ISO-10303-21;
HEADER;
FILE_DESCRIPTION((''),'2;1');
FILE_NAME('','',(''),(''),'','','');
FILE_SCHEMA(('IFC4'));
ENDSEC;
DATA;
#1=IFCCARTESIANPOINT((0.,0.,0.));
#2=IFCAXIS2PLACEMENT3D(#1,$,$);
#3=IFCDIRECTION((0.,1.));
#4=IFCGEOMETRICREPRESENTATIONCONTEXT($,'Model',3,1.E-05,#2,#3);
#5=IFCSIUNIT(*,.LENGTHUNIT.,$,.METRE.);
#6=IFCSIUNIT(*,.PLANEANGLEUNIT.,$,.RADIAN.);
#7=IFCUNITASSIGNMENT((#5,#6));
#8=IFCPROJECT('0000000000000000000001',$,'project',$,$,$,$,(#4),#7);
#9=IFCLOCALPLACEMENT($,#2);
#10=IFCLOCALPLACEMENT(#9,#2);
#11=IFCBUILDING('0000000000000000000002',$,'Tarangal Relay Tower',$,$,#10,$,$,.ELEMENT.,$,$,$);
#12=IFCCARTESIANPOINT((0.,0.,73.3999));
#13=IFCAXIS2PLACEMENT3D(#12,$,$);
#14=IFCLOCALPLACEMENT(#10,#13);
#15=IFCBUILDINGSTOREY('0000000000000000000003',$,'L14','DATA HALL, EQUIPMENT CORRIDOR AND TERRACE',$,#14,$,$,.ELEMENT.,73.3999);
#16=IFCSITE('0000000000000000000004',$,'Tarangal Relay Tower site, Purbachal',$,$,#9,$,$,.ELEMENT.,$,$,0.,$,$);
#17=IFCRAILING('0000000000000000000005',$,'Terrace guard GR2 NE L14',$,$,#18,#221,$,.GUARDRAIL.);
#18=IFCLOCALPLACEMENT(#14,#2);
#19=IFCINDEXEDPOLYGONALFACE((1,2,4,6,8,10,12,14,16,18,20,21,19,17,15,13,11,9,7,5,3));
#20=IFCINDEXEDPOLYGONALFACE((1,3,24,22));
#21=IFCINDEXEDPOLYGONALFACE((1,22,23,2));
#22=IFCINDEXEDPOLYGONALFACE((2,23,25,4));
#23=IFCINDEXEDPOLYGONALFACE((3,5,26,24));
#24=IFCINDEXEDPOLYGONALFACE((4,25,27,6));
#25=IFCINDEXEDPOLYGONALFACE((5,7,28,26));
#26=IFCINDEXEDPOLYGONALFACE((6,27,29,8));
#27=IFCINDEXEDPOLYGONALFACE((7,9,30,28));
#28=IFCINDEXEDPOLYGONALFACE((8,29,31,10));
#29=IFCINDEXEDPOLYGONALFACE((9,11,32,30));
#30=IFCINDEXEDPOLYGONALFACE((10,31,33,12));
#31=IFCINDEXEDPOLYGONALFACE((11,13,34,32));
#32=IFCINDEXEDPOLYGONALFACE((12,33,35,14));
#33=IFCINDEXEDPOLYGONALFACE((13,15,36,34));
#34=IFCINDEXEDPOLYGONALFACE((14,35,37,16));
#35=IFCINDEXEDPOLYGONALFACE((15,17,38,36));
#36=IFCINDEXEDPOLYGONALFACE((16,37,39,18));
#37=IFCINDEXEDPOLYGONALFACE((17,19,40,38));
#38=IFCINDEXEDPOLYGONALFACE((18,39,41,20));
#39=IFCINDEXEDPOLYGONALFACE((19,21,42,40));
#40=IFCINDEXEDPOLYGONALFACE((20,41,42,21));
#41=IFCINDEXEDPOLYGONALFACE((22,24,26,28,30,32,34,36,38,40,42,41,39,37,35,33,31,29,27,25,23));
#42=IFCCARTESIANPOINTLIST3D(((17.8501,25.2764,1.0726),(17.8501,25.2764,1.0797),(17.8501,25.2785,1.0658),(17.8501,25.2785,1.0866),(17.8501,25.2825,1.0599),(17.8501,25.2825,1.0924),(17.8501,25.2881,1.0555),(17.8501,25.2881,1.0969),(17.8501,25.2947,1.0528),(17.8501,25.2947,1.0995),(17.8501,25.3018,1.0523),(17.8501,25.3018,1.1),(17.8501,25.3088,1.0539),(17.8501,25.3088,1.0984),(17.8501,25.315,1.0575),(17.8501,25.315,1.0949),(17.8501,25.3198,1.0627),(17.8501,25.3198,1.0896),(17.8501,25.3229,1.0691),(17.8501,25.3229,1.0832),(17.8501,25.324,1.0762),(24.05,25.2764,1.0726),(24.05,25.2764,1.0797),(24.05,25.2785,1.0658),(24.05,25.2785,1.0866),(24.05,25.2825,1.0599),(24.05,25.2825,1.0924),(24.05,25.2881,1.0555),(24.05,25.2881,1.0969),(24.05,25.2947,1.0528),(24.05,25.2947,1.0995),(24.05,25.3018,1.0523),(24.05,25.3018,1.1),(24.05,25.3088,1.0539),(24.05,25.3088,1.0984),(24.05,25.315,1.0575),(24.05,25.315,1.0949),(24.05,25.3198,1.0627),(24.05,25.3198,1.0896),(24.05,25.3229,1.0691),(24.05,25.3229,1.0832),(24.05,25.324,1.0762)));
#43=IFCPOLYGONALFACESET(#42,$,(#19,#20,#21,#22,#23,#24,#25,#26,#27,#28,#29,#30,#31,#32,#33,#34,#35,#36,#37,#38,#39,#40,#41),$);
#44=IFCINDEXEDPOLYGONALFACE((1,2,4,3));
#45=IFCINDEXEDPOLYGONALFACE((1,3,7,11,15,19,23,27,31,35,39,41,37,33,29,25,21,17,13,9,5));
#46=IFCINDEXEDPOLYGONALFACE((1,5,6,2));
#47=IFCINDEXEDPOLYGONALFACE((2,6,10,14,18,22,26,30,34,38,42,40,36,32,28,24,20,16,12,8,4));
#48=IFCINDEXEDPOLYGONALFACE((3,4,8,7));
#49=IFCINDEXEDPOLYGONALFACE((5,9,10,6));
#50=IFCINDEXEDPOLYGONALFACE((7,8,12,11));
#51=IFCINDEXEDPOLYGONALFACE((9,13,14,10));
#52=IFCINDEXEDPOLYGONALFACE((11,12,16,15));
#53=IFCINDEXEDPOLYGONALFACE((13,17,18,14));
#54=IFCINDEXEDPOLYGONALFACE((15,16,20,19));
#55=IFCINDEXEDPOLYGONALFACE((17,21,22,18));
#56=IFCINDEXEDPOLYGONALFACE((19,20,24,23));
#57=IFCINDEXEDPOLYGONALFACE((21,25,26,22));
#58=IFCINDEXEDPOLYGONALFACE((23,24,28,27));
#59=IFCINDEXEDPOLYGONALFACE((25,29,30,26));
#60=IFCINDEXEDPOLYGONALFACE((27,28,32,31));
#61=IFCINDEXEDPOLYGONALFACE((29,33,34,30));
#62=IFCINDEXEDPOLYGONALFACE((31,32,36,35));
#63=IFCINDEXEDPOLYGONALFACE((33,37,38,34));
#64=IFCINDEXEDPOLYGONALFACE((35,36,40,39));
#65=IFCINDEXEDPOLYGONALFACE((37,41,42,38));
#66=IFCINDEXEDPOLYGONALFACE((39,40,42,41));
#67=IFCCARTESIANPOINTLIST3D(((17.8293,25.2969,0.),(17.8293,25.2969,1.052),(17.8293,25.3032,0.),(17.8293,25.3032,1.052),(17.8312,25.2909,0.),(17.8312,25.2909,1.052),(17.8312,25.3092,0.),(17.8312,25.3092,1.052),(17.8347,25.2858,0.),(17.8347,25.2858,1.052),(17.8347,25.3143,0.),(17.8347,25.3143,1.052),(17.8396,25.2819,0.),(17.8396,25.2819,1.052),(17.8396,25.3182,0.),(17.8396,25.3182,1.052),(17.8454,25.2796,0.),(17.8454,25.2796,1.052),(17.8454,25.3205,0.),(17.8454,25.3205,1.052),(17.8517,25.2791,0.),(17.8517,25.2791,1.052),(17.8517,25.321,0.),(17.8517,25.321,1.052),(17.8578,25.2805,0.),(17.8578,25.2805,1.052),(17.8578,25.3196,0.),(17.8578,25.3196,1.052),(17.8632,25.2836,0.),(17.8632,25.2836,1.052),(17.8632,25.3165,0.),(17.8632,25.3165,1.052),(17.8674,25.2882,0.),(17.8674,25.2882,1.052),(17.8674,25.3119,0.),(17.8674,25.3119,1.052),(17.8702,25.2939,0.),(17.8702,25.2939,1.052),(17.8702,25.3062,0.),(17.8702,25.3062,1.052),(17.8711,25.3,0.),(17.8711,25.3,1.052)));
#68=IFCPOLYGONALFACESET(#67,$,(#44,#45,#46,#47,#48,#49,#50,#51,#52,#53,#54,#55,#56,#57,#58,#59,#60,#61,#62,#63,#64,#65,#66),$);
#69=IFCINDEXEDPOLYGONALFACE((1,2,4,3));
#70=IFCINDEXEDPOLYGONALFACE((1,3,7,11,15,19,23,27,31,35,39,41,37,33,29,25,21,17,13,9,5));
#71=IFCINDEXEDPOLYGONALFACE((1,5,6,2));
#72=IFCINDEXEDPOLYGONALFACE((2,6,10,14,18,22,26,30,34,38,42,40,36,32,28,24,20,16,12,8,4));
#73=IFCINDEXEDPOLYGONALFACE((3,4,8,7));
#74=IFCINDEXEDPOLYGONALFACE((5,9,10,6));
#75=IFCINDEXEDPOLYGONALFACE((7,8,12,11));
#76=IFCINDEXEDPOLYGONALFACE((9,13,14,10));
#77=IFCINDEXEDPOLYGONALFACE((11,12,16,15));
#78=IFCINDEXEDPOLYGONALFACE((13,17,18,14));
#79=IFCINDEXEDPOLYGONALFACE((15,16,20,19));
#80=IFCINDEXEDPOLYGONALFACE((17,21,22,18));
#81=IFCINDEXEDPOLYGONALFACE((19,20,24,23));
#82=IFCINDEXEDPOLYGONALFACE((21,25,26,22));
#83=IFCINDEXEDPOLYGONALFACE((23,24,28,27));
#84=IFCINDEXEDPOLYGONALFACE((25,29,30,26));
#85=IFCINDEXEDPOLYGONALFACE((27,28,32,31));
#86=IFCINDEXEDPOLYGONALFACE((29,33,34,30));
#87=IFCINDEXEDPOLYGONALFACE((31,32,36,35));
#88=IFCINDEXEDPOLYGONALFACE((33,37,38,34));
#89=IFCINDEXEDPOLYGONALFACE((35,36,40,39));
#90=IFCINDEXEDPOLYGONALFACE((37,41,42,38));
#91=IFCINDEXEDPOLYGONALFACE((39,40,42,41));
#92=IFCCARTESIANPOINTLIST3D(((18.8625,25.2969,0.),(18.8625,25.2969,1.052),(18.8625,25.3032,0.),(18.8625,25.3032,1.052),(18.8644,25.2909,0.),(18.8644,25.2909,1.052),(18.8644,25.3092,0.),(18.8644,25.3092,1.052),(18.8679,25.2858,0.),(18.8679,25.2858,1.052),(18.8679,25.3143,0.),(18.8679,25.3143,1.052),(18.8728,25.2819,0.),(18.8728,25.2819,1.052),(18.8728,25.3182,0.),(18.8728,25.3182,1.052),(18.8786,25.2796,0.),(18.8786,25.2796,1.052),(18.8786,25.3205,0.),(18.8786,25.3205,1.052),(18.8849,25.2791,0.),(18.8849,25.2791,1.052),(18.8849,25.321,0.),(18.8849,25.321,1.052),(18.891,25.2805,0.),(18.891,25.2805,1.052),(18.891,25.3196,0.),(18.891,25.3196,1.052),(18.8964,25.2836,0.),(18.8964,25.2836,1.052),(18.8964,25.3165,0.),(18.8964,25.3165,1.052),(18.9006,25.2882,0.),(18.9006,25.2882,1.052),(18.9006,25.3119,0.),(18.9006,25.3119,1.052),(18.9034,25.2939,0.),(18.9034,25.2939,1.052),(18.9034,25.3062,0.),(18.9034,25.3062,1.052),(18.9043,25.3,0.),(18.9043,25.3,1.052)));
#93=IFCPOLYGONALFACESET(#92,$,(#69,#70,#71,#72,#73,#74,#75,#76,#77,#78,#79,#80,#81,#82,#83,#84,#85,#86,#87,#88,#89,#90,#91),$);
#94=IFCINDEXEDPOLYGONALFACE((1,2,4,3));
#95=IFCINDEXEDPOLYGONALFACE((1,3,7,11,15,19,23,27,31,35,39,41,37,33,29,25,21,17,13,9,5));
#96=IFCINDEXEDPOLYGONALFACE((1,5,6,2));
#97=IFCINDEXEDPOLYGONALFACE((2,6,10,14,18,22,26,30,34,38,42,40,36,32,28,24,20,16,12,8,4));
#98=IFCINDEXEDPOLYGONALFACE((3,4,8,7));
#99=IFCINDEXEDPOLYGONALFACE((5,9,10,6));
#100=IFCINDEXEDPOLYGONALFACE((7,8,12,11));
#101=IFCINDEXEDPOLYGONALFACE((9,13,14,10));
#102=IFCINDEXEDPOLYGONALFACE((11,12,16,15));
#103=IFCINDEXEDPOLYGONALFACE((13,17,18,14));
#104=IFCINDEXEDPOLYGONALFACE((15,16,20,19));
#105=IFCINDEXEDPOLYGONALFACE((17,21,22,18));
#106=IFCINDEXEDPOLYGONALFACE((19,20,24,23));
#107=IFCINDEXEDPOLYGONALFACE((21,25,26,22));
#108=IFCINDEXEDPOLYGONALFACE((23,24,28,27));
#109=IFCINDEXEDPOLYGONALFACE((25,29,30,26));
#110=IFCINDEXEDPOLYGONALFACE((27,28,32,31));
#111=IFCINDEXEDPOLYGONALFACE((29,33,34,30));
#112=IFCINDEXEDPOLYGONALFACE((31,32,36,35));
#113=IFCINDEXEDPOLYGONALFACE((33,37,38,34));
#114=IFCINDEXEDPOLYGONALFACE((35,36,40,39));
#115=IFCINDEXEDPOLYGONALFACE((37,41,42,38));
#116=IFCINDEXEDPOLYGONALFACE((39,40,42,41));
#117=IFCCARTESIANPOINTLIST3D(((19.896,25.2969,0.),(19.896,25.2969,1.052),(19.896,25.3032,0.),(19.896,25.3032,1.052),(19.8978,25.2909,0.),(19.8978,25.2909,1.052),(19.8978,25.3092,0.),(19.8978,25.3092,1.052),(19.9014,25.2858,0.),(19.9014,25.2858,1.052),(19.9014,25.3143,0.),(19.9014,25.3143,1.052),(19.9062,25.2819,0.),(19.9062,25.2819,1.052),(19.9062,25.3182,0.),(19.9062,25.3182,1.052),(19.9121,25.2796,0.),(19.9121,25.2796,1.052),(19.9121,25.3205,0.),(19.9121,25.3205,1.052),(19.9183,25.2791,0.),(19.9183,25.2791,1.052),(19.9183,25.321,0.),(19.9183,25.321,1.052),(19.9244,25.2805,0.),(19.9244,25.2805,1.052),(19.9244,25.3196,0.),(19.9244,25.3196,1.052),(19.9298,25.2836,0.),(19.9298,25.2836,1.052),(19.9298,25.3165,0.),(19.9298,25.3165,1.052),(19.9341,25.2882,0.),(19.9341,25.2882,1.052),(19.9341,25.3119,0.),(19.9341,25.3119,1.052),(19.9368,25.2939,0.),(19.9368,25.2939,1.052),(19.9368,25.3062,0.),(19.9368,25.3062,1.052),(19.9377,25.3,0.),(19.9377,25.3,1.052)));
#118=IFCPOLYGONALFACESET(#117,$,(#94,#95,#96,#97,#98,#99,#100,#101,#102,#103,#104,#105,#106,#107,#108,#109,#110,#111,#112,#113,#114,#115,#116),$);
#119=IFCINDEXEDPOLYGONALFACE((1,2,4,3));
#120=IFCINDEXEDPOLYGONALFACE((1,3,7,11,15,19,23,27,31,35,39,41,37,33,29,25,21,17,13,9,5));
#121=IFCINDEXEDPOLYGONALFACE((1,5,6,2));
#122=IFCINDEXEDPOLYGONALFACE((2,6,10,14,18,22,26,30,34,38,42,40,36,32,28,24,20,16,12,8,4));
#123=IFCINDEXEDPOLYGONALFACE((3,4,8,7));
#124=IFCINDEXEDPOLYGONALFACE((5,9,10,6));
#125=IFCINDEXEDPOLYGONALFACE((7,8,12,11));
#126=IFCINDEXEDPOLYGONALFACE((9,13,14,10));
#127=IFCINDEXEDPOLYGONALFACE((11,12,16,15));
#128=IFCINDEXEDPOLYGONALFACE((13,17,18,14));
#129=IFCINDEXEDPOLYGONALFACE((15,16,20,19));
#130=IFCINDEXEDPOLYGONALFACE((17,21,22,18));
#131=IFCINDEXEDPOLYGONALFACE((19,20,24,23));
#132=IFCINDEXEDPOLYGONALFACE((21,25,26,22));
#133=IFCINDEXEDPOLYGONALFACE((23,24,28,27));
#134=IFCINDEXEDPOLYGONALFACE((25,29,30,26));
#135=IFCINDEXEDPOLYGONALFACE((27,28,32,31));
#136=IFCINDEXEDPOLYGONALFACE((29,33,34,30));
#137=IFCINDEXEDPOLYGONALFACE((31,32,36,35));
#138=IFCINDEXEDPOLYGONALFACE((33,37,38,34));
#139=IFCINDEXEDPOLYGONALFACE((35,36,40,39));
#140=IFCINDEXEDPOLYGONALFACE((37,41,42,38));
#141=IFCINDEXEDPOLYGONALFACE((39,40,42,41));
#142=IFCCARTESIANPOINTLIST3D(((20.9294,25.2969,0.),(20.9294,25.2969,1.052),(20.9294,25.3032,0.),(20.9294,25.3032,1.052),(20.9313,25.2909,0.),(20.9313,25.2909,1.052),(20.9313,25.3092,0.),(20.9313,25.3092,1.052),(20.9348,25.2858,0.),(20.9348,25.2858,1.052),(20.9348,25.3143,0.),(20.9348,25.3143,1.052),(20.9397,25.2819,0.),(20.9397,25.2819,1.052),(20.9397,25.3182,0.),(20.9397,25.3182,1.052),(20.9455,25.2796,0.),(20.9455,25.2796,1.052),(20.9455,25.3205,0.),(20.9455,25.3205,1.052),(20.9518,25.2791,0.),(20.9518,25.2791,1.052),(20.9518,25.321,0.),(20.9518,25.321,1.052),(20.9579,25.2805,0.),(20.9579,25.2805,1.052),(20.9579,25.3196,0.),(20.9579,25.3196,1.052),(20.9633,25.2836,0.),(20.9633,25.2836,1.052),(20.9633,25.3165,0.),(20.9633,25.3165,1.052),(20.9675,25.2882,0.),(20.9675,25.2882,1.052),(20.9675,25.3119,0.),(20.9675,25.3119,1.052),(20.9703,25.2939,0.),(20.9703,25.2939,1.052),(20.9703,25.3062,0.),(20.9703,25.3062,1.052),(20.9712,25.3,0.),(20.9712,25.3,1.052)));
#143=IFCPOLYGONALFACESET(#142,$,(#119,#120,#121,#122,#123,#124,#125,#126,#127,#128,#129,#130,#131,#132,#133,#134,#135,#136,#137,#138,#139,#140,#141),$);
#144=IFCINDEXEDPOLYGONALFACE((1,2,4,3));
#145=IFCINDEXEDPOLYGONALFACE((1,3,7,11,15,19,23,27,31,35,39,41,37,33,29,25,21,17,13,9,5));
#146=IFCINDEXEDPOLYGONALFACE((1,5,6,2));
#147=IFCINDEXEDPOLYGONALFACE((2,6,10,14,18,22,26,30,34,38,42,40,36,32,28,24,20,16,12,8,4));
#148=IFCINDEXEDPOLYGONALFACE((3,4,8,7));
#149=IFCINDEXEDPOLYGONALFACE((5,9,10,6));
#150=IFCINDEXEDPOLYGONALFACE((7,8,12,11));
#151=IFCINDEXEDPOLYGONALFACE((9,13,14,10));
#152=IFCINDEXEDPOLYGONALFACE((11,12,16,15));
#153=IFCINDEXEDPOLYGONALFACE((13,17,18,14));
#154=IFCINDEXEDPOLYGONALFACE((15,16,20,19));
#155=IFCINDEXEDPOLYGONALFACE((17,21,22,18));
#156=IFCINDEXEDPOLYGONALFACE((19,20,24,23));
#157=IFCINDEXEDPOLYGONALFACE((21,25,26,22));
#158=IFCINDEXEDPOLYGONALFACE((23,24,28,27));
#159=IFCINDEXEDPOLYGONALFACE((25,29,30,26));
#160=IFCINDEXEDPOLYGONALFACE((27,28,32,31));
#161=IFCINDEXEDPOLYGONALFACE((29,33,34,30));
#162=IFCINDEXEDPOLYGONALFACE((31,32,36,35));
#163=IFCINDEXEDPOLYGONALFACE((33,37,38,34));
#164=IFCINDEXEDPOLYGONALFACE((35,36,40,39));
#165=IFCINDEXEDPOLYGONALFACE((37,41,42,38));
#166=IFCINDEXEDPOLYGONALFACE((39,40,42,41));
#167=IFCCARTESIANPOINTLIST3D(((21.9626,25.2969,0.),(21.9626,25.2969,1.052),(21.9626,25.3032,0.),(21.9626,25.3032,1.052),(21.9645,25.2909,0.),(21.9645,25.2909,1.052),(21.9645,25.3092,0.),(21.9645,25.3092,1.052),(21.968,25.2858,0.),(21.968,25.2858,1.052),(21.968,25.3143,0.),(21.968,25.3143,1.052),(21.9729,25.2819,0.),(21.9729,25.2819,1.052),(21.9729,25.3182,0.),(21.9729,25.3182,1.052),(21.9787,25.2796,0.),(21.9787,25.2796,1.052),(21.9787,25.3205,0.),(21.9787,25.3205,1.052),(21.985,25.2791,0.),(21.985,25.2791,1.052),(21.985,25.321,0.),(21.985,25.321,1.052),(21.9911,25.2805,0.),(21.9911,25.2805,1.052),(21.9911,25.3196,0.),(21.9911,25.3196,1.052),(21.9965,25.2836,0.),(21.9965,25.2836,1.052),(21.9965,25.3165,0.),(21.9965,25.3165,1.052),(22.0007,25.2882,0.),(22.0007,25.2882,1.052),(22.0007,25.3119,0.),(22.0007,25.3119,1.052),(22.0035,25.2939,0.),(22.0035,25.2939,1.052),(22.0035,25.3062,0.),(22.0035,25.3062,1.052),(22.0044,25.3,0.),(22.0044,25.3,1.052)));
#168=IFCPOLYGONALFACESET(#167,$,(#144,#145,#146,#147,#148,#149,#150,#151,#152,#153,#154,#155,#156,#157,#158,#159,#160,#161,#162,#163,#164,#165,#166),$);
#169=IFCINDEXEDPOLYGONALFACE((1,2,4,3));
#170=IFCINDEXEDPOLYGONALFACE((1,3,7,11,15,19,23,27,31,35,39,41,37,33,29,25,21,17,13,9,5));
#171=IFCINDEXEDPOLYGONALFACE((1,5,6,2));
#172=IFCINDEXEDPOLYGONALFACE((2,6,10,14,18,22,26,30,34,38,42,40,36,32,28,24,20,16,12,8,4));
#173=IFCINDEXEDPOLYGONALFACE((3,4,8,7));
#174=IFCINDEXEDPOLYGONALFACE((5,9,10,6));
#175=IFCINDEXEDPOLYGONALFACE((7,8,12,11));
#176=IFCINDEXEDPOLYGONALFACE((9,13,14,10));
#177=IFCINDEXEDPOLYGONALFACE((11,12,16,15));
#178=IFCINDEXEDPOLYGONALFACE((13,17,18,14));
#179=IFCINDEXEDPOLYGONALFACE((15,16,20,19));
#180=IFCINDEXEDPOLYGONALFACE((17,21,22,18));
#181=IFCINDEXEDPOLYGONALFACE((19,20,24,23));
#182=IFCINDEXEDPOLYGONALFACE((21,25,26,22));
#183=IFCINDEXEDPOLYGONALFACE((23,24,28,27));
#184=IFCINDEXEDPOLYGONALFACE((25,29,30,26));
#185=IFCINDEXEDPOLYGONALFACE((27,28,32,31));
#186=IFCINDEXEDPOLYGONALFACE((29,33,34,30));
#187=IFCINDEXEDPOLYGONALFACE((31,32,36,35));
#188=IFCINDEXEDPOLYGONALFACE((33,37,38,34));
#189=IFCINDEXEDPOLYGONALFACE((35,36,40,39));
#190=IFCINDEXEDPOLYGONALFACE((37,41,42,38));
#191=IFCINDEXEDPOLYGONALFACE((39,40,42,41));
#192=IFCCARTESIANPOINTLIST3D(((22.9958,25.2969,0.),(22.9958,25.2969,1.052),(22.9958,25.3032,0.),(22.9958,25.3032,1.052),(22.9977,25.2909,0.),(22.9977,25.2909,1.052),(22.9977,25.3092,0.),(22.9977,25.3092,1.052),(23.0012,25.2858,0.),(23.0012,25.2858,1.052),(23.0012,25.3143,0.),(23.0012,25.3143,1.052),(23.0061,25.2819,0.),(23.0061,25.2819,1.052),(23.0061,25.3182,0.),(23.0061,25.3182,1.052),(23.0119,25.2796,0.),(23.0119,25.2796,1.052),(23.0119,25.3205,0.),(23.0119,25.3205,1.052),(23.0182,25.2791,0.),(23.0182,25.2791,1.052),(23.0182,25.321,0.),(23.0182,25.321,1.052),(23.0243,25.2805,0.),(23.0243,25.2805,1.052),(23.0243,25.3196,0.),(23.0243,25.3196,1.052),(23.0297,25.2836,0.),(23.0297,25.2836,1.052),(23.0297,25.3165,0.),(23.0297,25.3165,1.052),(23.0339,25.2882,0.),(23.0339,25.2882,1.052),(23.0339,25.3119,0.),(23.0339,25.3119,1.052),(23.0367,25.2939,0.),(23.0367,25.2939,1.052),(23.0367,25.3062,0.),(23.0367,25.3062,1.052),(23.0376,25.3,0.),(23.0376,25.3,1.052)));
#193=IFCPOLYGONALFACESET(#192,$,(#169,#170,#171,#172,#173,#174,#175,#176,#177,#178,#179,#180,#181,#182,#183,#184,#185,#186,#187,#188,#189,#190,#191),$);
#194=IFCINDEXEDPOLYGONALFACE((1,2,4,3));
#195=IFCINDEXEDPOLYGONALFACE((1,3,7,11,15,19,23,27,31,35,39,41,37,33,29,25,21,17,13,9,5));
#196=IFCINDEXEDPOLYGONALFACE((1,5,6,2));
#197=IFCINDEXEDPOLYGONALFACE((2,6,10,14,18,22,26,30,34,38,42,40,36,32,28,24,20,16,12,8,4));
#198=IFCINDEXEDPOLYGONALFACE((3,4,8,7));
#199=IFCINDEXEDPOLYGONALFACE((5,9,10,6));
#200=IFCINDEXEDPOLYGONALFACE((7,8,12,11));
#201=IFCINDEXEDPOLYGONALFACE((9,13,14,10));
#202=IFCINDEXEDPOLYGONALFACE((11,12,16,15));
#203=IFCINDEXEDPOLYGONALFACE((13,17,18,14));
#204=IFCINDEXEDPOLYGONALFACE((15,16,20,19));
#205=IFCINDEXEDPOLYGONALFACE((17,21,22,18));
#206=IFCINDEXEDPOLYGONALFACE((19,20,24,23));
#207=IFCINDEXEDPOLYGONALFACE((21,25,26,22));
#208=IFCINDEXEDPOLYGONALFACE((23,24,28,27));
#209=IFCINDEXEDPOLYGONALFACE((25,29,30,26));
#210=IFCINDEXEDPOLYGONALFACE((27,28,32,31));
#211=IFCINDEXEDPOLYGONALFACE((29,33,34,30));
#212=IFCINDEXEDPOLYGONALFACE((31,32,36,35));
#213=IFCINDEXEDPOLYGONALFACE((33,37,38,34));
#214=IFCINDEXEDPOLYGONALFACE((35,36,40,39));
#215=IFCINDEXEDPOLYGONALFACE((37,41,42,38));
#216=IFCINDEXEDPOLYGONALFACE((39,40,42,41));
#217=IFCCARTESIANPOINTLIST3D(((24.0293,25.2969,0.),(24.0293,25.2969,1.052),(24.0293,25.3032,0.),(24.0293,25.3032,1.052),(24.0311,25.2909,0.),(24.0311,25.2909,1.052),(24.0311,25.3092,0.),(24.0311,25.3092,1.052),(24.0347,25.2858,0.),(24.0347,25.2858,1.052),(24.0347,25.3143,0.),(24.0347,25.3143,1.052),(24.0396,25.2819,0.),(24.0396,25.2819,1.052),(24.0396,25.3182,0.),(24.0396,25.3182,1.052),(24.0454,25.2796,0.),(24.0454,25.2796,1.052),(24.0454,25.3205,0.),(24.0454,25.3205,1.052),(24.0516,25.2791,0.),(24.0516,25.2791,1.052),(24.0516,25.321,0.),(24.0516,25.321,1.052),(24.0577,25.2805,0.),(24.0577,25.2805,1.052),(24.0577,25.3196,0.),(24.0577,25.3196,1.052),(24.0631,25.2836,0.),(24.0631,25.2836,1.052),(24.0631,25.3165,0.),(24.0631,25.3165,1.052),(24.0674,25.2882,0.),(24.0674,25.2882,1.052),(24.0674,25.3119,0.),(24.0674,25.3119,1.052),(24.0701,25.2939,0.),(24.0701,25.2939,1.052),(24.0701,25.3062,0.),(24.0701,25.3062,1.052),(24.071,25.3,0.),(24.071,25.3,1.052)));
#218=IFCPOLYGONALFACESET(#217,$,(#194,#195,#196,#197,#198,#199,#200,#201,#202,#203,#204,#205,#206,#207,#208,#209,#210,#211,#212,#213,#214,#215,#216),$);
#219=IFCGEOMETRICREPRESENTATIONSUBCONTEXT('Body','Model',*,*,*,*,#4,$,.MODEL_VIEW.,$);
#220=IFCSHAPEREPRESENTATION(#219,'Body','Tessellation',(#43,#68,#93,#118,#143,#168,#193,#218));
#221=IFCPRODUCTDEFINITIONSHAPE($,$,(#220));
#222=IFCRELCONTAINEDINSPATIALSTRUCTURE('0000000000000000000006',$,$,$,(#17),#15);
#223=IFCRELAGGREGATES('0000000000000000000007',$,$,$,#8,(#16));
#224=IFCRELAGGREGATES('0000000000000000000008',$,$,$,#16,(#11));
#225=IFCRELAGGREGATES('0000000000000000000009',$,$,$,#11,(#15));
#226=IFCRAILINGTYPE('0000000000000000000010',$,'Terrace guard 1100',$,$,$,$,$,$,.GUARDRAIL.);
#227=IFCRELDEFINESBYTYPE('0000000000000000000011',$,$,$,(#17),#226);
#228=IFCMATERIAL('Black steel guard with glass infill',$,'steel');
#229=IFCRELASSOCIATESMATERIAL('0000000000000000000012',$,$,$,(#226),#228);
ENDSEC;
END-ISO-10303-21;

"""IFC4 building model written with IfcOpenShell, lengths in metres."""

from ifc_helpers import new_model, si_unit, direction, frame, origin, origin_2d, place, context, subcontext, project, spatial, circle, extrude, material, type_object, element, save


model = new_model("IFC4")

# Units and contexts
model_context = context("Model", 3, precision=1e-05, world=origin(), true_north=direction((0.0, 1.0)))
body_context = subcontext(model_context, "Body", "Model", "MODEL_VIEW")
ifc_project = project(units=[si_unit("LENGTHUNIT", "METRE"), si_unit("PLANEANGLEUNIT", "RADIAN")], contexts=[model_context])

# Site, building, storey
site_placement = place(None, origin())
site = spatial("IfcSite", under=ifc_project, at=site_placement, Name="Tarangal Relay Tower site, Purbachal", CompositionType="ELEMENT", RefElevation=0.0)
building_placement = place(site_placement, origin())
building = spatial("IfcBuilding", under=site, at=building_placement, Name="Tarangal Relay Tower", CompositionType="ELEMENT")
storey_placement = place(building_placement, frame((0.0, 0.0, 73.3999)))
storey = spatial("IfcBuildingStorey", under=building, at=storey_placement, Name="L14", Description="DATA HALL, EQUIPMENT CORRIDOR AND TERRACE", CompositionType="ELEMENT", Elevation=73.3999)

# Railing
ifc_material_1 = material(Name="Black steel guard with glass infill", Category="steel")
railing_type_1 = type_object("IfcRailingType", Name="Terrace guard 1100", PredefinedType="GUARDRAIL", material=ifc_material_1)
railing_1_placement = place(storey_placement, frame((17.8501, 25.3, 0.0)))
element("IfcRailing", 1, at=railing_1_placement, inside=storey, type_object=railing_type_1, Name="Terrace guard GR2 NE L14", PredefinedType="GUARDRAIL", context=body_context, shape_type="SweptSolid", body=[
    extrude(circle(Radius=0.0239, at=origin_2d()), frame((0.0, 0.0, 1.0762), z_axis=(1.0, 0.0, 0.0), x_axis=(0.0, 1.0, 0.0)), (0.0, 0.0, 1.0), 6.2),
    extrude(circle(Radius=0.021, at=origin_2d()), origin(), (0.0, 0.0, 1.0), 1.052),
    extrude(circle(Radius=0.021, at=origin_2d()), frame((1.0332, 0.0, 0.0)), (0.0, 0.0, 1.0), 1.052),
    extrude(circle(Radius=0.021, at=origin_2d()), frame((2.0667, 0.0, 0.0)), (0.0, 0.0, 1.0), 1.052),
    extrude(circle(Radius=0.021, at=origin_2d()), frame((3.1001, 0.0, 0.0)), (0.0, 0.0, 1.0), 1.052),
    extrude(circle(Radius=0.021, at=origin_2d()), frame((4.1333, 0.0, 0.0)), (0.0, 0.0, 1.0), 1.052),
    extrude(circle(Radius=0.021, at=origin_2d()), frame((5.1665, 0.0, 0.0)), (0.0, 0.0, 1.0), 1.052),
    extrude(circle(Radius=0.021, at=origin_2d()), frame((6.2, 0.0, 0.0)), (0.0, 0.0, 1.0), 1.052),
])

save(model, "model.ifc")
